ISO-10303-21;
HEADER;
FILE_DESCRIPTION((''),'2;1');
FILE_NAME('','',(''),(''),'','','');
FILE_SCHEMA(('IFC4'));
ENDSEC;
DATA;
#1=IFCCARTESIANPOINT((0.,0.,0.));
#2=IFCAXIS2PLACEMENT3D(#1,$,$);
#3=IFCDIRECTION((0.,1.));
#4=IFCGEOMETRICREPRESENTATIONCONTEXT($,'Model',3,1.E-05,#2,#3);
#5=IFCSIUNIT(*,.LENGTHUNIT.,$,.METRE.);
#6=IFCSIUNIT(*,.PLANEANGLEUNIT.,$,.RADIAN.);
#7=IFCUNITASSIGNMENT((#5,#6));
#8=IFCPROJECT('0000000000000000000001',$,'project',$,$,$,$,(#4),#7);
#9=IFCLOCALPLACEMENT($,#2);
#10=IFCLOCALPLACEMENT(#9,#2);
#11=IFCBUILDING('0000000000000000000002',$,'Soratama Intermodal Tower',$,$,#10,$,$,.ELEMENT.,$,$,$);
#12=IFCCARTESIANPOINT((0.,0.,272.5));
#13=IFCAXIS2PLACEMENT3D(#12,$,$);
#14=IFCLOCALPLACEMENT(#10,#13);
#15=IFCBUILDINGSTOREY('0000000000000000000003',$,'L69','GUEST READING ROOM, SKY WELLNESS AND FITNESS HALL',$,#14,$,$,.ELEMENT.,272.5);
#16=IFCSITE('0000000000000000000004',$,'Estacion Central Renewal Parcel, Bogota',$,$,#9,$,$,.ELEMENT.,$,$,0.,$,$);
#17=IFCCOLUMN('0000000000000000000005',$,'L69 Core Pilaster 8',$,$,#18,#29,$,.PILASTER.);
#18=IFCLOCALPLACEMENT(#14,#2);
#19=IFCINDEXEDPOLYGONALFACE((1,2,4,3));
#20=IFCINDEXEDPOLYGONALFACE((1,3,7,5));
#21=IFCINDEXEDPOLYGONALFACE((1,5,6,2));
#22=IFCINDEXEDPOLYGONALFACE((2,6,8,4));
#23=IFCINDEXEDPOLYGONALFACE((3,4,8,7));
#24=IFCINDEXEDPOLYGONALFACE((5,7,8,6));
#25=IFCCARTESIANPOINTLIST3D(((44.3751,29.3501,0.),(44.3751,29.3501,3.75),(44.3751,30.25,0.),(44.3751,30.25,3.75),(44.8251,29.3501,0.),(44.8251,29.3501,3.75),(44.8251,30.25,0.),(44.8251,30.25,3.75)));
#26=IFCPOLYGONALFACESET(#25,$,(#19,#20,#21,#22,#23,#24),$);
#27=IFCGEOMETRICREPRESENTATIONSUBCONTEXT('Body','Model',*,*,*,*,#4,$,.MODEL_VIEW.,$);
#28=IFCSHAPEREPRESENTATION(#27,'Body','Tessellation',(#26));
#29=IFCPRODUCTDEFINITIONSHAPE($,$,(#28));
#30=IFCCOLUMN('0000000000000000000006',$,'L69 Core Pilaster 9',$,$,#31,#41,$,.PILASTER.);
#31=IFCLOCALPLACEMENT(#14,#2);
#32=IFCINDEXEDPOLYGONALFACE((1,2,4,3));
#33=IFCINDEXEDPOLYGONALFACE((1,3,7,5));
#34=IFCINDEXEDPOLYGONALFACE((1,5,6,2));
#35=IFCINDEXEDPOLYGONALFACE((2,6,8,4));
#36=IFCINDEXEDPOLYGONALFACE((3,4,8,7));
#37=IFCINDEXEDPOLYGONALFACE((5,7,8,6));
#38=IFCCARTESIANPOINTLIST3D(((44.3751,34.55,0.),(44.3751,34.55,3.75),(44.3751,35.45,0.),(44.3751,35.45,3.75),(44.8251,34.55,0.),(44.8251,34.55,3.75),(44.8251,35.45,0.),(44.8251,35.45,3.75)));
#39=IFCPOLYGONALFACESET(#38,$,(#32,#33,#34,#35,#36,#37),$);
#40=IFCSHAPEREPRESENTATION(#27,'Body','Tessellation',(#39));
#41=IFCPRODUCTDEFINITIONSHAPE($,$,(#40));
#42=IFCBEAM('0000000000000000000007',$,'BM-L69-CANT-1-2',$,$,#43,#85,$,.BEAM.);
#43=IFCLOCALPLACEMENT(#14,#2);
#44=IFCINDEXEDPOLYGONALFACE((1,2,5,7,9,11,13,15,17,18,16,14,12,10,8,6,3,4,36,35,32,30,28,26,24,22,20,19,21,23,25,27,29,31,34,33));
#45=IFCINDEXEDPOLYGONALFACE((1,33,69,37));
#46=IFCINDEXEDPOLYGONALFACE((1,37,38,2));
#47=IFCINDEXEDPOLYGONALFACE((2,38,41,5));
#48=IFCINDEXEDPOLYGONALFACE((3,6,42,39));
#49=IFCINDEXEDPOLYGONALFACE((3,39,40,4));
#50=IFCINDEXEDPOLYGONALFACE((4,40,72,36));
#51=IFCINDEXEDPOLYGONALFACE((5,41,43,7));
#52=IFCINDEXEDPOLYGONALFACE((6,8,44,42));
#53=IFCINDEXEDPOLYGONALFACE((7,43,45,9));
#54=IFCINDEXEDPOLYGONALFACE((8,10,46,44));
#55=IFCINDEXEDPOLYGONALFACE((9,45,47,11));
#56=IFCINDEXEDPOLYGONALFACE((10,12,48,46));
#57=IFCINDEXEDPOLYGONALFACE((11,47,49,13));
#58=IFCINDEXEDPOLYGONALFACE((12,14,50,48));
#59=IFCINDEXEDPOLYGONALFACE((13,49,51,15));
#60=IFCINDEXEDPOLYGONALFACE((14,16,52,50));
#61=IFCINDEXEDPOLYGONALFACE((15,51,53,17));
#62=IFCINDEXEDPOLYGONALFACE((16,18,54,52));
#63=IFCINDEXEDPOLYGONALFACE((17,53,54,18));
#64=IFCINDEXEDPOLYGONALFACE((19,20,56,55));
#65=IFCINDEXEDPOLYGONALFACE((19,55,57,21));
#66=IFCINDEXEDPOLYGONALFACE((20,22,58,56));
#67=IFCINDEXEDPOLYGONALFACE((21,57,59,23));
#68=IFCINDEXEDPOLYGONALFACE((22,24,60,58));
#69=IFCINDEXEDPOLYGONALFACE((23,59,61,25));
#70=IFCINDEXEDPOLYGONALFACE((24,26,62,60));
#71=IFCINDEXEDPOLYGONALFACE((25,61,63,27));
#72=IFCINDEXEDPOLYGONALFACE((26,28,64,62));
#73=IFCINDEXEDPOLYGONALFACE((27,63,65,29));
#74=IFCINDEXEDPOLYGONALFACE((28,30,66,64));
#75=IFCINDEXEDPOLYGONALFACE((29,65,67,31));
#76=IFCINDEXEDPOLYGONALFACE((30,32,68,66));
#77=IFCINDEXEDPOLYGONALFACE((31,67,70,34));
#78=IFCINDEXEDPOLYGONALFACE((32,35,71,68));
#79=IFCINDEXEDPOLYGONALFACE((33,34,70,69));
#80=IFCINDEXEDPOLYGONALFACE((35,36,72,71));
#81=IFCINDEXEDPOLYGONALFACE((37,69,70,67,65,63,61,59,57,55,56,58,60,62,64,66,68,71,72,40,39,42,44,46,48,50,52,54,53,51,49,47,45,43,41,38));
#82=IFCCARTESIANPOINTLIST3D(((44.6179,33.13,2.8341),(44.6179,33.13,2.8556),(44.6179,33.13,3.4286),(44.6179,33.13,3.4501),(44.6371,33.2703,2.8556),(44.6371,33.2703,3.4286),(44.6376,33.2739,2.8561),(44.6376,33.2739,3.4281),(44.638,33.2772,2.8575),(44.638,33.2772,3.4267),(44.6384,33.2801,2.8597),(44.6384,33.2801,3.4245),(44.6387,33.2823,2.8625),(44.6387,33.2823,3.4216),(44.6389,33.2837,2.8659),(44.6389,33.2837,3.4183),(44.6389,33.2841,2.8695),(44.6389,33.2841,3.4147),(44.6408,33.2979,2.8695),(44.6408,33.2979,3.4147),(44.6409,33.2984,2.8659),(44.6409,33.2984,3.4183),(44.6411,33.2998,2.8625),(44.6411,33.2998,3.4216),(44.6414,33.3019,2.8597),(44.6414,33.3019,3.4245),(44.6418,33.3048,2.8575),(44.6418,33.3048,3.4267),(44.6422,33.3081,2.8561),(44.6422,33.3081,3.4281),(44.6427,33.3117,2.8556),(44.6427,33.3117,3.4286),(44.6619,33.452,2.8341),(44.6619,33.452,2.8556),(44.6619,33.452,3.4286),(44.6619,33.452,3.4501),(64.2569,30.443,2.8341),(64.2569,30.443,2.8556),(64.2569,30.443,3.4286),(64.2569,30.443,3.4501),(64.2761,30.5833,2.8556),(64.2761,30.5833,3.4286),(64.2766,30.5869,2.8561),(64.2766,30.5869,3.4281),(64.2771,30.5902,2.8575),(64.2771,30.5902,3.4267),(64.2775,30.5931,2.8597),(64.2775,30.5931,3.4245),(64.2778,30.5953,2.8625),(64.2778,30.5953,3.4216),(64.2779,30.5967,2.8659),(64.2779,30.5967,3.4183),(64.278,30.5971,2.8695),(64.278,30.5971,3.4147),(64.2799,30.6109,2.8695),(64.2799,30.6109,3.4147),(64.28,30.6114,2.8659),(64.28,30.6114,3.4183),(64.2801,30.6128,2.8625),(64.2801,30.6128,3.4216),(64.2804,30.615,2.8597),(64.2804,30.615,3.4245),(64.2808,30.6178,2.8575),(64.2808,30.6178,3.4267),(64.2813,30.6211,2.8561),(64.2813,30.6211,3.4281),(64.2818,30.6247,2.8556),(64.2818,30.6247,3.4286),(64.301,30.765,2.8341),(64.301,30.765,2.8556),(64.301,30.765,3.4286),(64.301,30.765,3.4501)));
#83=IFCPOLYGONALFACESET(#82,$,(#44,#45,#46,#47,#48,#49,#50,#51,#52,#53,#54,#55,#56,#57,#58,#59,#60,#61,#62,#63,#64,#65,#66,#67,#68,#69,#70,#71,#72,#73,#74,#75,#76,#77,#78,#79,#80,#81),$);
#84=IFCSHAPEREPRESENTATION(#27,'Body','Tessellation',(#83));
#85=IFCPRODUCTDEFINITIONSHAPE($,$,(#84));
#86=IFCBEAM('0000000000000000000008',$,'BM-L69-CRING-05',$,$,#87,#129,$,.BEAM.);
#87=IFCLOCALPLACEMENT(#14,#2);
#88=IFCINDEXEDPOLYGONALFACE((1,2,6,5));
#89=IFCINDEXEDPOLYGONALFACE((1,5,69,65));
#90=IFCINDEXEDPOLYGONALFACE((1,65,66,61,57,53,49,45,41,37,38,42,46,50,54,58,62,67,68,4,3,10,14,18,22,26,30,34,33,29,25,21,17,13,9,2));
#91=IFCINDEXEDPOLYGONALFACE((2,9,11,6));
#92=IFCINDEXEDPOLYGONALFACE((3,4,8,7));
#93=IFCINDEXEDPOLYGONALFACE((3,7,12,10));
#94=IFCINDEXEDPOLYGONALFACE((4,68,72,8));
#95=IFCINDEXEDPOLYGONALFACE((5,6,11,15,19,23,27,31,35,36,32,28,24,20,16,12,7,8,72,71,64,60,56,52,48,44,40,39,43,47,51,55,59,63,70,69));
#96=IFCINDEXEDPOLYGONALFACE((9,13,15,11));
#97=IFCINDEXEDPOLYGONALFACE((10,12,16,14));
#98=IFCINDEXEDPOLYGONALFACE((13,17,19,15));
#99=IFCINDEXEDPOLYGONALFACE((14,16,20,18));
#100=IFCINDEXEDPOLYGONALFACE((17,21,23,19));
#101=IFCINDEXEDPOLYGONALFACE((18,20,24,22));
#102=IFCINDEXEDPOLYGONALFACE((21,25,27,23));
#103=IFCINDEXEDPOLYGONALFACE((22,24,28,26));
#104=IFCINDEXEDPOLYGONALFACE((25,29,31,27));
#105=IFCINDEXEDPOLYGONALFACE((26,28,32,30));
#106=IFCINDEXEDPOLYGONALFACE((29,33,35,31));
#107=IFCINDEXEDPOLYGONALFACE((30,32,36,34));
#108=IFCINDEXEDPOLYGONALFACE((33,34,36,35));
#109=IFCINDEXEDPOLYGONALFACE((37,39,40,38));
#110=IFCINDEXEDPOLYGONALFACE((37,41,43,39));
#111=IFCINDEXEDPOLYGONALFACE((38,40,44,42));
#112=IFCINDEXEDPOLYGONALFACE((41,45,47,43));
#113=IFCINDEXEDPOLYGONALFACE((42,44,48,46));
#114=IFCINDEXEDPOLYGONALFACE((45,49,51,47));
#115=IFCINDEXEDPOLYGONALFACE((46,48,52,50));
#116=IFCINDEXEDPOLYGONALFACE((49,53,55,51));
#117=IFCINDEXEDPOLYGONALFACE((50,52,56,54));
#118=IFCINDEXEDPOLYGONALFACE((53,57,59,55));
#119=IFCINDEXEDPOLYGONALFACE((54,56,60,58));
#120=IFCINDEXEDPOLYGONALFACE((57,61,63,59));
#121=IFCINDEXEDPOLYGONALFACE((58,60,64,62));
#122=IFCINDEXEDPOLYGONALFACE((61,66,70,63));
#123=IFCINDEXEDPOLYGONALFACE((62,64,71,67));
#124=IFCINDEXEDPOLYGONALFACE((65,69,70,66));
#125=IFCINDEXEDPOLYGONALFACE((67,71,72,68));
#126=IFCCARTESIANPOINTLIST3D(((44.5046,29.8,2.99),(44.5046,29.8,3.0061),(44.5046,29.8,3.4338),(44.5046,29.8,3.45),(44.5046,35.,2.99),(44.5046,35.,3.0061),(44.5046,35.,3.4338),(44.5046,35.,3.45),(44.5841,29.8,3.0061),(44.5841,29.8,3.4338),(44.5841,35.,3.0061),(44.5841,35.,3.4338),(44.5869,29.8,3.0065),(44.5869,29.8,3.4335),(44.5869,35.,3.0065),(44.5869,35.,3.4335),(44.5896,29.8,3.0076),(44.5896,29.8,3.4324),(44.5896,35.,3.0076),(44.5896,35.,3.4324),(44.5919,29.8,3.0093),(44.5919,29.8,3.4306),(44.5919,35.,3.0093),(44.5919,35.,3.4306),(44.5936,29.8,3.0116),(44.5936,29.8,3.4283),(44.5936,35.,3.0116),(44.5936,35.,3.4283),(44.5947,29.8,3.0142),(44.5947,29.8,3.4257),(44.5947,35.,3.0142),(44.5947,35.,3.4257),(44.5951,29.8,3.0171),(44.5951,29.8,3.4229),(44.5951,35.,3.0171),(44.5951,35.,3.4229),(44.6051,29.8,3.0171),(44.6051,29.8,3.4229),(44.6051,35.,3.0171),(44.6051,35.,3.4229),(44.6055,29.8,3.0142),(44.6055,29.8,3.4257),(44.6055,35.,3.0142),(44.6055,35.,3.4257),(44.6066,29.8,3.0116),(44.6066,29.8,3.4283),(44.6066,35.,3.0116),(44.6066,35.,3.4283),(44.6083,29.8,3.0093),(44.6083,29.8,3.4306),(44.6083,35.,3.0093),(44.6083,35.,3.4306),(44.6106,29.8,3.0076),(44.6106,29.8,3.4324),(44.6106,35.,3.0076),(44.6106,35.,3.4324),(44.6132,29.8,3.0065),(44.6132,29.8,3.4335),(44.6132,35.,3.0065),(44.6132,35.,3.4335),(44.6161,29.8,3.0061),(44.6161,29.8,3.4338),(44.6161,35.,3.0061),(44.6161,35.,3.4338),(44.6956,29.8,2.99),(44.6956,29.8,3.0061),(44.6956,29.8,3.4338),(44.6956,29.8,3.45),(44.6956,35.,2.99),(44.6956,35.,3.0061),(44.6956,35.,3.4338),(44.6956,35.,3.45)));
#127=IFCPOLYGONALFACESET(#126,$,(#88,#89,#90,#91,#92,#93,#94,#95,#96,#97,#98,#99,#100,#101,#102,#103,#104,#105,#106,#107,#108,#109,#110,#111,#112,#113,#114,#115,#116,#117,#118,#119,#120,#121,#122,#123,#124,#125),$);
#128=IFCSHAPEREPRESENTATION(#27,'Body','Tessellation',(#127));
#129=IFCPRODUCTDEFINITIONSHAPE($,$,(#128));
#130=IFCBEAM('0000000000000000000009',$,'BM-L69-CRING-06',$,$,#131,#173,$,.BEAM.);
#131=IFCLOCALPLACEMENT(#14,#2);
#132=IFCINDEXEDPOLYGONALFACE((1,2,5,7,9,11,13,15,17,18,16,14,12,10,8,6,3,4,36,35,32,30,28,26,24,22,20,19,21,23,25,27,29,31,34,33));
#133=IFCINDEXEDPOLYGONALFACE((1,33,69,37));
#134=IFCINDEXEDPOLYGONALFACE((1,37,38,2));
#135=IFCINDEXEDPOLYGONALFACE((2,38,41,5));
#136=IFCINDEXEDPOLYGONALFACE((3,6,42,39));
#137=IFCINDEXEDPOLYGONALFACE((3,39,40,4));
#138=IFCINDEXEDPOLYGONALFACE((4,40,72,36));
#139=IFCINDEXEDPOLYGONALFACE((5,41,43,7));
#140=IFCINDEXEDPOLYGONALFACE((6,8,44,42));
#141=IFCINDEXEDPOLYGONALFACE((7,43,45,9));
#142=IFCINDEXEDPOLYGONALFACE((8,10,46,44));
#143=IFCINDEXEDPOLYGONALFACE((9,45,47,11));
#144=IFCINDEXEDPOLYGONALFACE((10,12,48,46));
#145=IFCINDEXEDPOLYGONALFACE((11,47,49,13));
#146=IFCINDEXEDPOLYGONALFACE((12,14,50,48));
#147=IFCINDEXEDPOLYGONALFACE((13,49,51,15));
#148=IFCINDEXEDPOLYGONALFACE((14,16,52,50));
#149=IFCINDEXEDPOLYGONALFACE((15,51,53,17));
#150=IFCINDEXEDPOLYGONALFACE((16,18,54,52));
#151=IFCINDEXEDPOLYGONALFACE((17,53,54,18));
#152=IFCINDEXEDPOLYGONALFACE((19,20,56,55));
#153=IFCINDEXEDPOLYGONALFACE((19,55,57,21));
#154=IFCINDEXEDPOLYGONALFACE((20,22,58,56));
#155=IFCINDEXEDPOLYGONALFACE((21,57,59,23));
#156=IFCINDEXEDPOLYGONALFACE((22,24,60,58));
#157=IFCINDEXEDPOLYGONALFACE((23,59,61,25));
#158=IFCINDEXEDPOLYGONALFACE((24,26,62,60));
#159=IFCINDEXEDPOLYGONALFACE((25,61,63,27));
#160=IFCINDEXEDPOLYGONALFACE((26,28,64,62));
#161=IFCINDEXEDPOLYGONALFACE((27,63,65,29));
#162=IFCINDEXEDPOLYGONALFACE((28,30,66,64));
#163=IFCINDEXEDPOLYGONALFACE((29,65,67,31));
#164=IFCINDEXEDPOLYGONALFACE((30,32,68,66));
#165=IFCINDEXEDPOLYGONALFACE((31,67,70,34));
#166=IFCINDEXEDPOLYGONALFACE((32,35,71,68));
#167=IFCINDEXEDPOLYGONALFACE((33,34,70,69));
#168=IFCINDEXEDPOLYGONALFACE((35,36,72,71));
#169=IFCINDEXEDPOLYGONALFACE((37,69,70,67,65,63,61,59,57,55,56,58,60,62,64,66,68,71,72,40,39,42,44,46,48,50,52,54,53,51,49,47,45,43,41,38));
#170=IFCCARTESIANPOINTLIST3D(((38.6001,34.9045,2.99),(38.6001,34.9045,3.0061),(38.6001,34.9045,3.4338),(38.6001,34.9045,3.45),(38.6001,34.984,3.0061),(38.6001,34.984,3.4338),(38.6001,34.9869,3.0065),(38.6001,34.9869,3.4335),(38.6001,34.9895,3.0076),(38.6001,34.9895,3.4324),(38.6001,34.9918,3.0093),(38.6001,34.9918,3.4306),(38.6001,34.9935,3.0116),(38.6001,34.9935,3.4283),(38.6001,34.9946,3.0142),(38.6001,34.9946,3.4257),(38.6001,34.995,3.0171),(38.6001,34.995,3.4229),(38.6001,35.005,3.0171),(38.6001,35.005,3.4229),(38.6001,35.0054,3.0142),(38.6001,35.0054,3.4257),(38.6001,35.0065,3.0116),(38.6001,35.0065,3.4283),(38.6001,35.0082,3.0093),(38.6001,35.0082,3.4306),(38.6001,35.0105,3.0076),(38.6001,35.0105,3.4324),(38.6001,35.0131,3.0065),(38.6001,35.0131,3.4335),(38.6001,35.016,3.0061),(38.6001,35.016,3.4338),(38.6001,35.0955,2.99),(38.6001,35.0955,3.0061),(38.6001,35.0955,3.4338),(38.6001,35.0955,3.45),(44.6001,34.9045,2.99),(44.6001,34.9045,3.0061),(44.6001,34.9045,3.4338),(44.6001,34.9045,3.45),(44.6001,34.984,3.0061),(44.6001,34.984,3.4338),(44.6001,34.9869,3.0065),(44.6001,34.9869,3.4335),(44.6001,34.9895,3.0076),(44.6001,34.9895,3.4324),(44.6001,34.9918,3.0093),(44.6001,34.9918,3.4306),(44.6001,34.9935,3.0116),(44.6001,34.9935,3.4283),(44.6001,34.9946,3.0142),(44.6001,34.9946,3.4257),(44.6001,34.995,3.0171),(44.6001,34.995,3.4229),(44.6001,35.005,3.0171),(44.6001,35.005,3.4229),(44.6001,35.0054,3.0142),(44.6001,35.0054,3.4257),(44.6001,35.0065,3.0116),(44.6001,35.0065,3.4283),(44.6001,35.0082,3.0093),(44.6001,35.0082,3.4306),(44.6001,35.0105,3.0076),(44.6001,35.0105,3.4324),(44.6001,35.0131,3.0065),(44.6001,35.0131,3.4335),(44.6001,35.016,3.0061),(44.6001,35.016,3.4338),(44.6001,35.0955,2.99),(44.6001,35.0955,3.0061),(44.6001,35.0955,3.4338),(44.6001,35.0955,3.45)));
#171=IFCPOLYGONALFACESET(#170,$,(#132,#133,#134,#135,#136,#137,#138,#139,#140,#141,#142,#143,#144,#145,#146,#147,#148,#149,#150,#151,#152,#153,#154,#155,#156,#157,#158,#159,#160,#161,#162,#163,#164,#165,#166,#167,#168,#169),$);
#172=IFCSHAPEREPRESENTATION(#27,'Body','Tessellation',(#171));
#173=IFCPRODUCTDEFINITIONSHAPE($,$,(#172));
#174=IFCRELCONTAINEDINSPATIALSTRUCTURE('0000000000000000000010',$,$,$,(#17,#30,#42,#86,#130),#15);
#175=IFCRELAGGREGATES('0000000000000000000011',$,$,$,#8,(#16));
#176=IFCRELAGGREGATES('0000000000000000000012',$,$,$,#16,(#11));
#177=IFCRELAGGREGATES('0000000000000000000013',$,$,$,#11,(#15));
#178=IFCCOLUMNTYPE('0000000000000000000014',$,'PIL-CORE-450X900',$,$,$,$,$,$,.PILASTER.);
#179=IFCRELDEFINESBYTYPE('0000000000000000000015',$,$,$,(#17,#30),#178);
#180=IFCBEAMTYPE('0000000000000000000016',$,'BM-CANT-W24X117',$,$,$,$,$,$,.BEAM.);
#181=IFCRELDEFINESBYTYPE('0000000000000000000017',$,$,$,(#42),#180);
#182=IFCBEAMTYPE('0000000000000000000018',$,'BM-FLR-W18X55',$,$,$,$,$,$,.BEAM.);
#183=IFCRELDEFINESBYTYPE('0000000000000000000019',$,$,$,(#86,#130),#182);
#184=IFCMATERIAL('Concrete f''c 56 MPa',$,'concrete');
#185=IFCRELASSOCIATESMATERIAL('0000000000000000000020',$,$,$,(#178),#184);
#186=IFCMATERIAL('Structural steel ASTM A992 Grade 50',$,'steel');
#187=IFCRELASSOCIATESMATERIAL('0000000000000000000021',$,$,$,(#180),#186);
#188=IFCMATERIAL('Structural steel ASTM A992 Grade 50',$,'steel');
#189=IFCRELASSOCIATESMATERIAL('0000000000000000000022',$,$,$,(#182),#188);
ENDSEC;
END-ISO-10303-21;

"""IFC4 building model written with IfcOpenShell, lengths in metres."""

from ifc_helpers import new_model, si_unit, direction, frame, origin, origin_2d, place, context, subcontext, project, spatial, rectangle, i_section, extrude, material, material_profile, profile_set, type_object, element, save


model = new_model("IFC4")

# Units and contexts
model_context = context("Model", 3, precision=1e-05, world=origin(), true_north=direction((0.0, 1.0)))
body_context = subcontext(model_context, "Body", "Model", "MODEL_VIEW")
ifc_project = project(units=[si_unit("LENGTHUNIT", "METRE"), si_unit("PLANEANGLEUNIT", "RADIAN")], contexts=[model_context])

# Site, building, storey
site_placement = place(None, origin())
site = spatial("IfcSite", under=ifc_project, at=site_placement, Name="Estacion Central Renewal Parcel, Bogota", CompositionType="ELEMENT", RefElevation=0.0)
building_placement = place(site_placement, origin())
building = spatial("IfcBuilding", under=site, at=building_placement, Name="Soratama Intermodal Tower", CompositionType="ELEMENT")
storey_placement = place(building_placement, frame((0.0, 0.0, 272.5)))
storey = spatial("IfcBuildingStorey", under=building, at=storey_placement, Name="L69", Description="GUEST READING ROOM, SKY WELLNESS AND FITNESS HALL", CompositionType="ELEMENT", Elevation=272.5)

# Columns
ifc_material_1 = material(Name="Concrete f'c 56 MPa", Category="concrete")
ifc_material_profile_1 = material_profile(ifc_material_1, rectangle(XDim=0.45, YDim=0.8999, at=origin_2d()), Name="RC450X900")
ifc_profile_set_1 = profile_set([ifc_material_profile_1], Name="Concrete f'c 56 MPa")
column_type = type_object("IfcColumnType", Name="PIL-CORE-450X900", PredefinedType="PILASTER", material=ifc_profile_set_1)
for number, where, z_axis, x_axis, name in (
    (1, (44.6001, 29.8, 0.0), (0.0, 0.0, 1.0), (1.0, 0.0, 0.0), "L69 Core Pilaster 8"),
    (2, (44.6001, 35.0, 0.0), (0.0, 0.0, 1.0), (1.0, 0.0, 0.0), "L69 Core Pilaster 9"),
):
    element("IfcColumn", number, at=place(storey_placement, frame(where, z_axis=z_axis, x_axis=x_axis)), inside=storey, type_object=column_type, Name=name, PredefinedType="PILASTER", context=body_context, shape_type="SweptSolid", body=[
        extrude(rectangle(XDim=0.45, YDim=0.8999, at=origin_2d()), origin(), (0.0, 0.0, 1.0), 3.75),
    ])

# Beams
ifc_material_2 = material(Name="Structural steel ASTM A992 Grade 50", Category="steel")
ifc_material_profile_2 = material_profile(ifc_material_2, i_section(OverallWidth=0.325, OverallDepth=0.616, WebThickness=0.0139, FlangeThickness=0.0215, FilletRadius=0.0139, at=origin_2d()), Name="W24X117")
ifc_profile_set_2 = profile_set([ifc_material_profile_2], Name="Structural steel ASTM A992 Grade 50")
beam_type_1 = type_object("IfcBeamType", Name="BM-CANT-W24X117", PredefinedType="BEAM", material=ifc_profile_set_2)
beam_1_placement = place(storey_placement, frame((44.6399, 33.291, 3.1421), z_axis=(0.99077, -0.135556, 0.0), x_axis=(0.135556, 0.99077, 0.0)))
element("IfcBeam", 3, at=beam_1_placement, inside=storey, type_object=beam_type_1, Name="BM-L69-CANT-1-2", PredefinedType="BEAM", context=body_context, shape_type="SweptSolid", body=[
    extrude(i_section(OverallWidth=0.325, OverallDepth=0.616, WebThickness=0.0139, FlangeThickness=0.0215, FilletRadius=0.0139, at=origin_2d()), origin(), (0.0, 0.0, 1.0), 19.822),
])
ifc_material_3 = material(Name="Structural steel ASTM A992 Grade 50", Category="steel")
ifc_material_profile_3 = material_profile(ifc_material_3, i_section(OverallWidth=0.1909, OverallDepth=0.46, WebThickness=0.01, FlangeThickness=0.0161, FilletRadius=0.011, at=origin_2d()), Name="W18X55")
ifc_profile_set_3 = profile_set([ifc_material_profile_3], Name="Structural steel ASTM A992 Grade 50")
beam_type_2 = type_object("IfcBeamType", Name="BM-FLR-W18X55", PredefinedType="BEAM", material=ifc_profile_set_3)
beam_2_placement = place(storey_placement, frame((44.6001, 29.8, 3.22), z_axis=(0.0, 1.0, 0.0), x_axis=(-1.0, 0.0, 0.0)))
element("IfcBeam", 4, at=beam_2_placement, inside=storey, type_object=beam_type_2, Name="BM-L69-CRING-05", PredefinedType="BEAM", context=body_context, shape_type="SweptSolid", body=[
    extrude(i_section(OverallWidth=0.1909, OverallDepth=0.46, WebThickness=0.01, FlangeThickness=0.0161, FilletRadius=0.011, at=origin_2d()), origin(), (0.0, 0.0, 1.0), 5.2),
])
beam_3_placement = place(storey_placement, frame((44.6001, 35.0, 3.22), z_axis=(-1.0, 0.0, 0.0), x_axis=(0.0, -1.0, 0.0)))
element("IfcBeam", 5, at=beam_3_placement, inside=storey, type_object=beam_type_2, Name="BM-L69-CRING-06", PredefinedType="BEAM", context=body_context, shape_type="SweptSolid", body=[
    extrude(i_section(OverallWidth=0.1909, OverallDepth=0.46, WebThickness=0.01, FlangeThickness=0.0161, FilletRadius=0.011, at=origin_2d()), origin(), (0.0, 0.0, 1.0), 6.0),
])

save(model, "model.ifc")
